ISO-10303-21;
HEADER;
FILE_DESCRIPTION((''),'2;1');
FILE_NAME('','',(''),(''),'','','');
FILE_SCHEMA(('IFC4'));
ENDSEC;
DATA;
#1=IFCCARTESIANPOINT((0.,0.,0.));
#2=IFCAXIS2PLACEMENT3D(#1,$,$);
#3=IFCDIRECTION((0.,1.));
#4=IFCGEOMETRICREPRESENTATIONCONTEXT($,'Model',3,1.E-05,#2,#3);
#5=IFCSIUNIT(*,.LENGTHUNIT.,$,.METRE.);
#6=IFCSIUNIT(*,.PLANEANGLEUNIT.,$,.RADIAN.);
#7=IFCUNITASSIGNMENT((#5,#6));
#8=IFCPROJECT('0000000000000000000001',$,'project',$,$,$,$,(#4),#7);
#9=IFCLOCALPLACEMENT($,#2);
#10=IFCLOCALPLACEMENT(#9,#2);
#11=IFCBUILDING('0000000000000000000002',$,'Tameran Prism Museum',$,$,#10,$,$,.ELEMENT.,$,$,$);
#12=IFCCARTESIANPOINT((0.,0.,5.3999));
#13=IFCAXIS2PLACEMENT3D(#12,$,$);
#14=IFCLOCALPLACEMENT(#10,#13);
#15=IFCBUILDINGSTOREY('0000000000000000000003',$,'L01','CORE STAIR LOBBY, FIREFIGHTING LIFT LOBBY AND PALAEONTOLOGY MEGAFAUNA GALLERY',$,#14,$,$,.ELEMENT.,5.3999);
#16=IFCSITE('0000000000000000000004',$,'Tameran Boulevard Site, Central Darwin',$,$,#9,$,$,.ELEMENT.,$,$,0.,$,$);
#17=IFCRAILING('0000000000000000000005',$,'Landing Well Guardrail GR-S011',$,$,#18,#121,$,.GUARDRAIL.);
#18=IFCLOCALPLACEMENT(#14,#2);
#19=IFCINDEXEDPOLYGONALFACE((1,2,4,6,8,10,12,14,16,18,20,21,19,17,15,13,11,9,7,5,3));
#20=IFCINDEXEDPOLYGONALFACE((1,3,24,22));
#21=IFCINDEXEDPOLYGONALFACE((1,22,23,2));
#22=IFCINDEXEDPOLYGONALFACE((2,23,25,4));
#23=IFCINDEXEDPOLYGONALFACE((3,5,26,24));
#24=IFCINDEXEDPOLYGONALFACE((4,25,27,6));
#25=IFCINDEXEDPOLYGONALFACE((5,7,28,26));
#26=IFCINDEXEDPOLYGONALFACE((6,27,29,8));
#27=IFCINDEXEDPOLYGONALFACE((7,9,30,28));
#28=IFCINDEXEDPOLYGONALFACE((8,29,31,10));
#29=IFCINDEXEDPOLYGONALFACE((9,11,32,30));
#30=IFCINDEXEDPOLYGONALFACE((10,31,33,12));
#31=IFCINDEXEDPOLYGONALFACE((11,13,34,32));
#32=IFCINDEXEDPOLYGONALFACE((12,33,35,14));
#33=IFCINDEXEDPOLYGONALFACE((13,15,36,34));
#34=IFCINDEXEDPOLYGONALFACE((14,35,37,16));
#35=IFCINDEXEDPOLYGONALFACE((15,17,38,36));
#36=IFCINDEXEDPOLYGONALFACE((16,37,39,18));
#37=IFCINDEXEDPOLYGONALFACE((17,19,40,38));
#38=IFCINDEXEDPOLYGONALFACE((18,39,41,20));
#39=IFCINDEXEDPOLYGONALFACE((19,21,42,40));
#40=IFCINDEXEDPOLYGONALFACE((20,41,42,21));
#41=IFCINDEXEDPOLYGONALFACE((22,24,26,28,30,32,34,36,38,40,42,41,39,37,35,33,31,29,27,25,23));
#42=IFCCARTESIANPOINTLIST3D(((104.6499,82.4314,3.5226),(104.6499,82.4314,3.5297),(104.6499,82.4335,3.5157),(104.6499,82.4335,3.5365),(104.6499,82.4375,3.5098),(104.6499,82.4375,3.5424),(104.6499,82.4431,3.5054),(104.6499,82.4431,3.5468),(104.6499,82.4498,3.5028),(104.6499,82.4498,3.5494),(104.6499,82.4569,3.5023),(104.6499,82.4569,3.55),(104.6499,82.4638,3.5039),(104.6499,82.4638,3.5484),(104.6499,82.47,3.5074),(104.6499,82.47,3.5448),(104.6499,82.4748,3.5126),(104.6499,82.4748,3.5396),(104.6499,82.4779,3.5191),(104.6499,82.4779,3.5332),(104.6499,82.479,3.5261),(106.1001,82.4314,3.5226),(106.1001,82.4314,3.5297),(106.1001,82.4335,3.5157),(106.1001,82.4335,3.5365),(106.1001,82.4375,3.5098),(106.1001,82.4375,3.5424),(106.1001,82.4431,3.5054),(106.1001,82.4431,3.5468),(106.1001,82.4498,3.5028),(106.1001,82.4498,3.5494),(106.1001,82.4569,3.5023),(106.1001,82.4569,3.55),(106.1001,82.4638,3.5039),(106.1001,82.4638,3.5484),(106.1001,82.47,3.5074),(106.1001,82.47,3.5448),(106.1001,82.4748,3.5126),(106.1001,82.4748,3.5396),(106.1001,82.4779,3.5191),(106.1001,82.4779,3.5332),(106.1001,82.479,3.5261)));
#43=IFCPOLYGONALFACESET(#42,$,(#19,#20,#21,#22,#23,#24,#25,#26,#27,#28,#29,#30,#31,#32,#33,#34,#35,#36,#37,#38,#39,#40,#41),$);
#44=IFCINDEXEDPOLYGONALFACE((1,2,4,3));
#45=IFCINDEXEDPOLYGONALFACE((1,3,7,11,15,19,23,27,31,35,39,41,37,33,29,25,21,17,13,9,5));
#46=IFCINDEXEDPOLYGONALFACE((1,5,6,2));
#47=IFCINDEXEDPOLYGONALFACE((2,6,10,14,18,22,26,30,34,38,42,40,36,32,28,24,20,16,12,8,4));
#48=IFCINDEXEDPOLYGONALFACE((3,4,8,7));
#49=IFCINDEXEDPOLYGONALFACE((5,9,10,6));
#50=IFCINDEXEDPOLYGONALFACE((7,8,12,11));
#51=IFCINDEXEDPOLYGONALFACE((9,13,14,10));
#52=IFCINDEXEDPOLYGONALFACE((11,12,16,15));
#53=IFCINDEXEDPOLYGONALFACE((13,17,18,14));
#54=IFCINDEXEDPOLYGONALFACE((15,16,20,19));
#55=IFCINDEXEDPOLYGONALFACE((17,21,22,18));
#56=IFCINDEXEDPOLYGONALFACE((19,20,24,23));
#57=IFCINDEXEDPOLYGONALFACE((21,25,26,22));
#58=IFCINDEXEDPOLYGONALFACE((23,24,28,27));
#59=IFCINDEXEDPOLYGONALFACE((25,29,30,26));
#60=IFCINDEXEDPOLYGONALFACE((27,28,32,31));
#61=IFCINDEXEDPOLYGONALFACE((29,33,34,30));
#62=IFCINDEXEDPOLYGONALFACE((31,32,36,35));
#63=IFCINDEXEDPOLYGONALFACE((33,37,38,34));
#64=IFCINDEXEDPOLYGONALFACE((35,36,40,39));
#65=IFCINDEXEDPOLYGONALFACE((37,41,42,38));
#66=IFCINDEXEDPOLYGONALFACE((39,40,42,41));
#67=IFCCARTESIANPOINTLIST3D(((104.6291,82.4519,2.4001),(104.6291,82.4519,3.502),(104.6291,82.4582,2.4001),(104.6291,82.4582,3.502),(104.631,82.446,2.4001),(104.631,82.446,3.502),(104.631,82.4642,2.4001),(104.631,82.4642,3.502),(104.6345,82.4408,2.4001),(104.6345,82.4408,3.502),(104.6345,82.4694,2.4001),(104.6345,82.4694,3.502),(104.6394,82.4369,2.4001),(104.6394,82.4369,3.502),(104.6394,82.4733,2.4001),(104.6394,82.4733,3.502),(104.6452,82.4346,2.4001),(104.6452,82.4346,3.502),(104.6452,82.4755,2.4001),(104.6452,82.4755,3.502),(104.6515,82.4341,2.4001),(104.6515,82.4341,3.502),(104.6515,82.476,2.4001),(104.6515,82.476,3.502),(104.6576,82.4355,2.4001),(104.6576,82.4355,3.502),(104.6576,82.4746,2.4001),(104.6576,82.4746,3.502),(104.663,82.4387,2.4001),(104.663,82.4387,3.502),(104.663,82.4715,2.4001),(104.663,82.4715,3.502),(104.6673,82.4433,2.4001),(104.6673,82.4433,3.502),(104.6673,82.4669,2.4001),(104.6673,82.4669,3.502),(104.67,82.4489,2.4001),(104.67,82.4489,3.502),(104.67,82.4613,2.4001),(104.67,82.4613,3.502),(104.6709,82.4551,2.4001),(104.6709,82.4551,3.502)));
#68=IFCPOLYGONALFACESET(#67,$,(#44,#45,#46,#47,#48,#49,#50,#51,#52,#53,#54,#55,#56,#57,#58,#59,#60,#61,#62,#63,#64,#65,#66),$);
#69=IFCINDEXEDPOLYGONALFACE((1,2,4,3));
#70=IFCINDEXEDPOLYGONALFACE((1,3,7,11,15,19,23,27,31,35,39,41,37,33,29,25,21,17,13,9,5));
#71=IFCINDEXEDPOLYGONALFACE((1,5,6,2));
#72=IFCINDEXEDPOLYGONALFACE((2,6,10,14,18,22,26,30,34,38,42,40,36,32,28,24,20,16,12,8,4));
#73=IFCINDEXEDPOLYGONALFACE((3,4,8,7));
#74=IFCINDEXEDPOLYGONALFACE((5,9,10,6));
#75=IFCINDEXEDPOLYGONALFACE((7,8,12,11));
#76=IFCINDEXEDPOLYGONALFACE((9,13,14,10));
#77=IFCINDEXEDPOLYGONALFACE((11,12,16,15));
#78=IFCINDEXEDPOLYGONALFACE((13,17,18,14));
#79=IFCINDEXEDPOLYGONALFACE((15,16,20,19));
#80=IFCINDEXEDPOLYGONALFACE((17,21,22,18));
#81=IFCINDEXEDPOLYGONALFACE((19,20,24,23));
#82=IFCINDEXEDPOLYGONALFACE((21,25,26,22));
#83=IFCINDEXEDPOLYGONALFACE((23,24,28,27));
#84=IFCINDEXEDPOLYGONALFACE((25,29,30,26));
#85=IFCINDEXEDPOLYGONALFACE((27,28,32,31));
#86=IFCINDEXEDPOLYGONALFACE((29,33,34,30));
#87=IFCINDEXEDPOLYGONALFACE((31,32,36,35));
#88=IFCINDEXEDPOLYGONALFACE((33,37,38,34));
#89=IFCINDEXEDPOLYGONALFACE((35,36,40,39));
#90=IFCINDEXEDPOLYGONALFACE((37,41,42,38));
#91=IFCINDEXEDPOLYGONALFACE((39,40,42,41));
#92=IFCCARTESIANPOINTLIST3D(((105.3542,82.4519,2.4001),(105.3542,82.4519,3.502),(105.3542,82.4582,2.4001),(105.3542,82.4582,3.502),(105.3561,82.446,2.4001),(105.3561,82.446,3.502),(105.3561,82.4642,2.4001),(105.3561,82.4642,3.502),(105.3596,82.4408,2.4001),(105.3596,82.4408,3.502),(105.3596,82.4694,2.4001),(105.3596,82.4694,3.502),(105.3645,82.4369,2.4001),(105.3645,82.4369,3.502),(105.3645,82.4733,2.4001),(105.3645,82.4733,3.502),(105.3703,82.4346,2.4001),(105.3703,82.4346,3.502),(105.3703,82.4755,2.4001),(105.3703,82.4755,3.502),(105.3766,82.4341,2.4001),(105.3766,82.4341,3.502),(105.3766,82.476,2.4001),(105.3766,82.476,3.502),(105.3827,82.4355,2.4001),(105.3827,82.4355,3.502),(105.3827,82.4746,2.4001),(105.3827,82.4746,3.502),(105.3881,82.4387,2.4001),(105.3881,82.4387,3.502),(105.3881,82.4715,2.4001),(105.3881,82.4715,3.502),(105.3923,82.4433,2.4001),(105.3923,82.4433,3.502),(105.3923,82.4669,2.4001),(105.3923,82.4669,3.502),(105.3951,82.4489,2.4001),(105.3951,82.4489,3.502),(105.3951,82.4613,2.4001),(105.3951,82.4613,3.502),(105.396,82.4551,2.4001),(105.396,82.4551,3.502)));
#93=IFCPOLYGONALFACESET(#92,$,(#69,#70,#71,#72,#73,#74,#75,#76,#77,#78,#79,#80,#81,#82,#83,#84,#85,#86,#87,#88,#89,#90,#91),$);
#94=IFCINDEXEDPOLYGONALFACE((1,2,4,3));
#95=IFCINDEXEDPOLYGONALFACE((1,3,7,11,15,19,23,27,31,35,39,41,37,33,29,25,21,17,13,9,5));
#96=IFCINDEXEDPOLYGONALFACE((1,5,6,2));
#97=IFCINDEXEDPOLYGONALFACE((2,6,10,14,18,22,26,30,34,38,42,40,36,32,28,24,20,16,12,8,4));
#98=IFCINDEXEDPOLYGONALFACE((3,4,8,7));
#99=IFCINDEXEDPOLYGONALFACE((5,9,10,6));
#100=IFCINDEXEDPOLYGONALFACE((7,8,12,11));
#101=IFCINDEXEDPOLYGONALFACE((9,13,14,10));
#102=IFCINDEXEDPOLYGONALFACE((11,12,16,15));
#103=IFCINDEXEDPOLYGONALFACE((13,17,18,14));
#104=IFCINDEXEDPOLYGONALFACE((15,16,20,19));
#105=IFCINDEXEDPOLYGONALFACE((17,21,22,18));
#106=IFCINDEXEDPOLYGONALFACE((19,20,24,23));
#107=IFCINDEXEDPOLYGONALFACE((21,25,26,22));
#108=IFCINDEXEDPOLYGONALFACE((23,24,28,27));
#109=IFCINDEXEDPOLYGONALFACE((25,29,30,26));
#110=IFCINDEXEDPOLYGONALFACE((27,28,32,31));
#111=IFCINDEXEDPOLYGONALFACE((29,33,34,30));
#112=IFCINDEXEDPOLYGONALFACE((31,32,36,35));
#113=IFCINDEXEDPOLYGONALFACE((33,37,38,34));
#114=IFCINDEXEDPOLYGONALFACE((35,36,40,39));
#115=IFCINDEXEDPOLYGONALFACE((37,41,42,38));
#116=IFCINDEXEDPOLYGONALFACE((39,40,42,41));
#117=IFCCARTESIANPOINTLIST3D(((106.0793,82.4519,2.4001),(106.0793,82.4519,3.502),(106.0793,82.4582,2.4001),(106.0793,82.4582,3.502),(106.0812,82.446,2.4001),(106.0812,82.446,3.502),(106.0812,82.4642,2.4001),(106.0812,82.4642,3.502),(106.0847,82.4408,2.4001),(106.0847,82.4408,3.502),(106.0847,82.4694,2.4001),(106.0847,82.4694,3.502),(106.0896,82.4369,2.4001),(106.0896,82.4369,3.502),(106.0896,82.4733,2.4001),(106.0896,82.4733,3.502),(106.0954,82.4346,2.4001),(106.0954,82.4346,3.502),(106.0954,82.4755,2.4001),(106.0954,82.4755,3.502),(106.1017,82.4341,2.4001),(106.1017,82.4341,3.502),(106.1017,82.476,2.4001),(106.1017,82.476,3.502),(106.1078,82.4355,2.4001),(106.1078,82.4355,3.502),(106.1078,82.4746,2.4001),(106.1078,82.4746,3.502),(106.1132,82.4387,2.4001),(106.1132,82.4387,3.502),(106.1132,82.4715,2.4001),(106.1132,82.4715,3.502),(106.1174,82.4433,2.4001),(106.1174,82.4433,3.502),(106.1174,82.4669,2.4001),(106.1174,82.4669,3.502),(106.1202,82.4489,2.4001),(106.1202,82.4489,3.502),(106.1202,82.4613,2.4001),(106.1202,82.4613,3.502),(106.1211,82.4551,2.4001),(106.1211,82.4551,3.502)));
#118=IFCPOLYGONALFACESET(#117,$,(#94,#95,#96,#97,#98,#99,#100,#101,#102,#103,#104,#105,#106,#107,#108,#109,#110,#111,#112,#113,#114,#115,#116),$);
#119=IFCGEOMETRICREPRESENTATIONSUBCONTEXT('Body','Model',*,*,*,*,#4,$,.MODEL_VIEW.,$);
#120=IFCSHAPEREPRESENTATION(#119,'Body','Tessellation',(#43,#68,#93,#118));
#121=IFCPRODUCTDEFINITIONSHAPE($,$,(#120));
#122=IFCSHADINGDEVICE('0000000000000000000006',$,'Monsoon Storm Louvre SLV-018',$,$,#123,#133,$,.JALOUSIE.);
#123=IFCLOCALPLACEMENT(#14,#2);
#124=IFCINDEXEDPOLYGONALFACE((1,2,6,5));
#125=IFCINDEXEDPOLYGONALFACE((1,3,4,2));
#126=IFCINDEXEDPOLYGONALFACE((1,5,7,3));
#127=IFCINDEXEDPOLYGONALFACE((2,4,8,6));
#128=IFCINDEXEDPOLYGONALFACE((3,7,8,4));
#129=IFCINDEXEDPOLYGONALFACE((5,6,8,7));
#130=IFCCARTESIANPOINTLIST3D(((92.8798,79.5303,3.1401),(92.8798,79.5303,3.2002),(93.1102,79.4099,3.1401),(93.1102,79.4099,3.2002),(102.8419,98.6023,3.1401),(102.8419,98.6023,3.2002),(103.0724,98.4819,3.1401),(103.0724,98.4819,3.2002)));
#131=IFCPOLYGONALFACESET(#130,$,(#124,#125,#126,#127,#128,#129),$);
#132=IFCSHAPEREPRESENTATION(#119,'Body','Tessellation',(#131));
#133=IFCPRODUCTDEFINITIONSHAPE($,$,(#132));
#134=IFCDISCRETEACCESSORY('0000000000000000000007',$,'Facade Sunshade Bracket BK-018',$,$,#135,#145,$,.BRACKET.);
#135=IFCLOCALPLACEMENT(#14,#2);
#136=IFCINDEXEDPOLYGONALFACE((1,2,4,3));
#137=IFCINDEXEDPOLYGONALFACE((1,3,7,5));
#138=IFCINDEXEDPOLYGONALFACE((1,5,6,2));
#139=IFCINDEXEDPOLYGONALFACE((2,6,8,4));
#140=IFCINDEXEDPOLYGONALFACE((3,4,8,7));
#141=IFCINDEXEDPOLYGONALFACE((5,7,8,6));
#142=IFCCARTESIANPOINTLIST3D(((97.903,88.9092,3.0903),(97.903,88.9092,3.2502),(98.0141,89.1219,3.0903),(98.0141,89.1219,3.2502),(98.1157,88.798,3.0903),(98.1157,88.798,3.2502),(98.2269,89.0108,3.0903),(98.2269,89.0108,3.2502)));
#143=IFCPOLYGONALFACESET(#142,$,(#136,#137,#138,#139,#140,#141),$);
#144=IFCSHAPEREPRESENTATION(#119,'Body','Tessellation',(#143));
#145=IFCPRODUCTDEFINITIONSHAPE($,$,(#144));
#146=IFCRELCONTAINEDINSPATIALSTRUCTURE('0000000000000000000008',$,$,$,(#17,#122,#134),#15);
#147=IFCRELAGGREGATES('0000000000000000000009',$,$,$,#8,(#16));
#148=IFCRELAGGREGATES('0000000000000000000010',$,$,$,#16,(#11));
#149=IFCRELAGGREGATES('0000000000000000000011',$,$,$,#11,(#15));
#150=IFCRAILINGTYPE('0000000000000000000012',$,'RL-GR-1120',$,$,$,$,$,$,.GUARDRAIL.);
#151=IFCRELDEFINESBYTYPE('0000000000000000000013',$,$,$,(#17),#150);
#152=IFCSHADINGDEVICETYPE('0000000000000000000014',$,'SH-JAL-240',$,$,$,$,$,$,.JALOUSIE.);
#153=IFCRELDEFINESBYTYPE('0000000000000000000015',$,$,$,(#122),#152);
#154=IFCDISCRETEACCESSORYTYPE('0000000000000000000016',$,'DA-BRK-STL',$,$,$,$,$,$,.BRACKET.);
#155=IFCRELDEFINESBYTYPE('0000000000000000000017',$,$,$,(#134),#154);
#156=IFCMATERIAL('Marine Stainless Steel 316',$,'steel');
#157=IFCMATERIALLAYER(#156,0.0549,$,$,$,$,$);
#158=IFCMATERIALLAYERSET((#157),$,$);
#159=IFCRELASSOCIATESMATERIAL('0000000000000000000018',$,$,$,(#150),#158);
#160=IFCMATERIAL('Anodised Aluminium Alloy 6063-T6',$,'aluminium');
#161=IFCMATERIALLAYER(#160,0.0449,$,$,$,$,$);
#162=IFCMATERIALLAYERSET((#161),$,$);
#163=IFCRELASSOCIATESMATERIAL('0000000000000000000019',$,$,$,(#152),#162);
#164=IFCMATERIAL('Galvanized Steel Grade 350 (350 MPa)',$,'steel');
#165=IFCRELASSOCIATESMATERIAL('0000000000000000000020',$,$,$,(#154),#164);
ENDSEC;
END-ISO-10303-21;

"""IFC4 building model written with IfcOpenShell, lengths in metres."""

from ifc_helpers import new_model, si_unit, direction, frame, origin, origin_2d, place, context, subcontext, project, spatial, rectangle, circle, extrude, material, layer, layer_set, type_object, element, save


model = new_model("IFC4")

# Units and contexts
model_context = context("Model", 3, precision=1e-05, world=origin(), true_north=direction((0.0, 1.0)))
body_context = subcontext(model_context, "Body", "Model", "MODEL_VIEW")
ifc_project = project(units=[si_unit("LENGTHUNIT", "METRE"), si_unit("PLANEANGLEUNIT", "RADIAN")], contexts=[model_context])

# Site, building, storey
site_placement = place(None, origin())
site = spatial("IfcSite", under=ifc_project, at=site_placement, Name="Tameran Boulevard Site, Central Darwin", CompositionType="ELEMENT", RefElevation=0.0)
building_placement = place(site_placement, origin())
building = spatial("IfcBuilding", under=site, at=building_placement, Name="Tameran Prism Museum", CompositionType="ELEMENT")
storey_placement = place(building_placement, frame((0.0, 0.0, 5.3999)))
storey = spatial("IfcBuildingStorey", under=building, at=storey_placement, Name="L01", Description="CORE STAIR LOBBY, FIREFIGHTING LIFT LOBBY AND PALAEONTOLOGY MEGAFAUNA GALLERY", CompositionType="ELEMENT", Elevation=5.3999)

# Railing
ifc_material_1 = material(Name="Marine Stainless Steel 316", Category="steel")
ifc_layer_1 = layer(ifc_material_1, 0.0549)
ifc_layer_set_1 = layer_set([ifc_layer_1])
railing_type = type_object("IfcRailingType", Name="RL-GR-1120", PredefinedType="GUARDRAIL", material=ifc_layer_set_1)
railing_placement = place(storey_placement, frame((104.6499, 82.4551, 2.4001)))
element("IfcRailing", 1, at=railing_placement, inside=storey, type_object=railing_type, Name="Landing Well Guardrail GR-S011", PredefinedType="GUARDRAIL", context=body_context, shape_type="SweptSolid", body=[
    extrude(circle(Radius=0.0239, at=origin_2d()), frame((0.0, 0.0, 1.126), z_axis=(1.0, 0.0, 0.0), x_axis=(0.0, 1.0, 0.0)), (0.0, 0.0, 1.0), 1.4502),
    extrude(circle(Radius=0.021, at=origin_2d()), origin(), (0.0, 0.0, 1.0), 1.1018),
    extrude(circle(Radius=0.021, at=origin_2d()), frame((0.7251, 0.0, 0.0)), (0.0, 0.0, 1.0), 1.1018),
    extrude(circle(Radius=0.021, at=origin_2d()), frame((1.4502, 0.0, 0.0)), (0.0, 0.0, 1.0), 1.1018),
])

# Shading device
ifc_material_2 = material(Name="Anodised Aluminium Alloy 6063-T6", Category="aluminium")
ifc_layer_2 = layer(ifc_material_2, 0.0449)
ifc_layer_set_2 = layer_set([ifc_layer_2])
shading_device_type = type_object("IfcShadingDeviceType", Name="SH-JAL-240", PredefinedType="JALOUSIE", material=ifc_layer_set_2)
shading_device_placement = place(storey_placement, frame((97.9761, 89.0061, 3.1401), z_axis=(0.0, 0.0, 1.0), x_axis=(0.462987, 0.886365, 0.0)))
element("IfcShadingDevice", 2, at=shading_device_placement, inside=storey, type_object=shading_device_type, Name="Monsoon Storm Louvre SLV-018", PredefinedType="JALOUSIE", context=body_context, shape_type="SweptSolid", body=[
    extrude(rectangle(XDim=21.5171, YDim=0.26, at=origin_2d()), origin(), (0.0, 0.0, 1.0), 0.0601),
])

# Discrete accessory
ifc_material_3 = material(Name="Galvanized Steel Grade 350 (350 MPa)", Category="steel")
discrete_accessory_type = type_object("IfcDiscreteAccessoryType", Name="DA-BRK-STL", PredefinedType="BRACKET", material=ifc_material_3)
discrete_accessory_placement = place(storey_placement, frame((98.0649, 88.96, 3.0903), z_axis=(0.0, 0.0, 1.0), x_axis=(0.462987, 0.886365, 0.0)))
element("IfcDiscreteAccessory", 3, at=discrete_accessory_placement, inside=storey, type_object=discrete_accessory_type, Name="Facade Sunshade Bracket BK-018", PredefinedType="BRACKET", context=body_context, shape_type="SweptSolid", body=[
    extrude(rectangle(XDim=0.24, YDim=0.24, at=origin_2d()), origin(), (0.0, 0.0, 1.0), 0.1599),
])

save(model, "model.ifc")
